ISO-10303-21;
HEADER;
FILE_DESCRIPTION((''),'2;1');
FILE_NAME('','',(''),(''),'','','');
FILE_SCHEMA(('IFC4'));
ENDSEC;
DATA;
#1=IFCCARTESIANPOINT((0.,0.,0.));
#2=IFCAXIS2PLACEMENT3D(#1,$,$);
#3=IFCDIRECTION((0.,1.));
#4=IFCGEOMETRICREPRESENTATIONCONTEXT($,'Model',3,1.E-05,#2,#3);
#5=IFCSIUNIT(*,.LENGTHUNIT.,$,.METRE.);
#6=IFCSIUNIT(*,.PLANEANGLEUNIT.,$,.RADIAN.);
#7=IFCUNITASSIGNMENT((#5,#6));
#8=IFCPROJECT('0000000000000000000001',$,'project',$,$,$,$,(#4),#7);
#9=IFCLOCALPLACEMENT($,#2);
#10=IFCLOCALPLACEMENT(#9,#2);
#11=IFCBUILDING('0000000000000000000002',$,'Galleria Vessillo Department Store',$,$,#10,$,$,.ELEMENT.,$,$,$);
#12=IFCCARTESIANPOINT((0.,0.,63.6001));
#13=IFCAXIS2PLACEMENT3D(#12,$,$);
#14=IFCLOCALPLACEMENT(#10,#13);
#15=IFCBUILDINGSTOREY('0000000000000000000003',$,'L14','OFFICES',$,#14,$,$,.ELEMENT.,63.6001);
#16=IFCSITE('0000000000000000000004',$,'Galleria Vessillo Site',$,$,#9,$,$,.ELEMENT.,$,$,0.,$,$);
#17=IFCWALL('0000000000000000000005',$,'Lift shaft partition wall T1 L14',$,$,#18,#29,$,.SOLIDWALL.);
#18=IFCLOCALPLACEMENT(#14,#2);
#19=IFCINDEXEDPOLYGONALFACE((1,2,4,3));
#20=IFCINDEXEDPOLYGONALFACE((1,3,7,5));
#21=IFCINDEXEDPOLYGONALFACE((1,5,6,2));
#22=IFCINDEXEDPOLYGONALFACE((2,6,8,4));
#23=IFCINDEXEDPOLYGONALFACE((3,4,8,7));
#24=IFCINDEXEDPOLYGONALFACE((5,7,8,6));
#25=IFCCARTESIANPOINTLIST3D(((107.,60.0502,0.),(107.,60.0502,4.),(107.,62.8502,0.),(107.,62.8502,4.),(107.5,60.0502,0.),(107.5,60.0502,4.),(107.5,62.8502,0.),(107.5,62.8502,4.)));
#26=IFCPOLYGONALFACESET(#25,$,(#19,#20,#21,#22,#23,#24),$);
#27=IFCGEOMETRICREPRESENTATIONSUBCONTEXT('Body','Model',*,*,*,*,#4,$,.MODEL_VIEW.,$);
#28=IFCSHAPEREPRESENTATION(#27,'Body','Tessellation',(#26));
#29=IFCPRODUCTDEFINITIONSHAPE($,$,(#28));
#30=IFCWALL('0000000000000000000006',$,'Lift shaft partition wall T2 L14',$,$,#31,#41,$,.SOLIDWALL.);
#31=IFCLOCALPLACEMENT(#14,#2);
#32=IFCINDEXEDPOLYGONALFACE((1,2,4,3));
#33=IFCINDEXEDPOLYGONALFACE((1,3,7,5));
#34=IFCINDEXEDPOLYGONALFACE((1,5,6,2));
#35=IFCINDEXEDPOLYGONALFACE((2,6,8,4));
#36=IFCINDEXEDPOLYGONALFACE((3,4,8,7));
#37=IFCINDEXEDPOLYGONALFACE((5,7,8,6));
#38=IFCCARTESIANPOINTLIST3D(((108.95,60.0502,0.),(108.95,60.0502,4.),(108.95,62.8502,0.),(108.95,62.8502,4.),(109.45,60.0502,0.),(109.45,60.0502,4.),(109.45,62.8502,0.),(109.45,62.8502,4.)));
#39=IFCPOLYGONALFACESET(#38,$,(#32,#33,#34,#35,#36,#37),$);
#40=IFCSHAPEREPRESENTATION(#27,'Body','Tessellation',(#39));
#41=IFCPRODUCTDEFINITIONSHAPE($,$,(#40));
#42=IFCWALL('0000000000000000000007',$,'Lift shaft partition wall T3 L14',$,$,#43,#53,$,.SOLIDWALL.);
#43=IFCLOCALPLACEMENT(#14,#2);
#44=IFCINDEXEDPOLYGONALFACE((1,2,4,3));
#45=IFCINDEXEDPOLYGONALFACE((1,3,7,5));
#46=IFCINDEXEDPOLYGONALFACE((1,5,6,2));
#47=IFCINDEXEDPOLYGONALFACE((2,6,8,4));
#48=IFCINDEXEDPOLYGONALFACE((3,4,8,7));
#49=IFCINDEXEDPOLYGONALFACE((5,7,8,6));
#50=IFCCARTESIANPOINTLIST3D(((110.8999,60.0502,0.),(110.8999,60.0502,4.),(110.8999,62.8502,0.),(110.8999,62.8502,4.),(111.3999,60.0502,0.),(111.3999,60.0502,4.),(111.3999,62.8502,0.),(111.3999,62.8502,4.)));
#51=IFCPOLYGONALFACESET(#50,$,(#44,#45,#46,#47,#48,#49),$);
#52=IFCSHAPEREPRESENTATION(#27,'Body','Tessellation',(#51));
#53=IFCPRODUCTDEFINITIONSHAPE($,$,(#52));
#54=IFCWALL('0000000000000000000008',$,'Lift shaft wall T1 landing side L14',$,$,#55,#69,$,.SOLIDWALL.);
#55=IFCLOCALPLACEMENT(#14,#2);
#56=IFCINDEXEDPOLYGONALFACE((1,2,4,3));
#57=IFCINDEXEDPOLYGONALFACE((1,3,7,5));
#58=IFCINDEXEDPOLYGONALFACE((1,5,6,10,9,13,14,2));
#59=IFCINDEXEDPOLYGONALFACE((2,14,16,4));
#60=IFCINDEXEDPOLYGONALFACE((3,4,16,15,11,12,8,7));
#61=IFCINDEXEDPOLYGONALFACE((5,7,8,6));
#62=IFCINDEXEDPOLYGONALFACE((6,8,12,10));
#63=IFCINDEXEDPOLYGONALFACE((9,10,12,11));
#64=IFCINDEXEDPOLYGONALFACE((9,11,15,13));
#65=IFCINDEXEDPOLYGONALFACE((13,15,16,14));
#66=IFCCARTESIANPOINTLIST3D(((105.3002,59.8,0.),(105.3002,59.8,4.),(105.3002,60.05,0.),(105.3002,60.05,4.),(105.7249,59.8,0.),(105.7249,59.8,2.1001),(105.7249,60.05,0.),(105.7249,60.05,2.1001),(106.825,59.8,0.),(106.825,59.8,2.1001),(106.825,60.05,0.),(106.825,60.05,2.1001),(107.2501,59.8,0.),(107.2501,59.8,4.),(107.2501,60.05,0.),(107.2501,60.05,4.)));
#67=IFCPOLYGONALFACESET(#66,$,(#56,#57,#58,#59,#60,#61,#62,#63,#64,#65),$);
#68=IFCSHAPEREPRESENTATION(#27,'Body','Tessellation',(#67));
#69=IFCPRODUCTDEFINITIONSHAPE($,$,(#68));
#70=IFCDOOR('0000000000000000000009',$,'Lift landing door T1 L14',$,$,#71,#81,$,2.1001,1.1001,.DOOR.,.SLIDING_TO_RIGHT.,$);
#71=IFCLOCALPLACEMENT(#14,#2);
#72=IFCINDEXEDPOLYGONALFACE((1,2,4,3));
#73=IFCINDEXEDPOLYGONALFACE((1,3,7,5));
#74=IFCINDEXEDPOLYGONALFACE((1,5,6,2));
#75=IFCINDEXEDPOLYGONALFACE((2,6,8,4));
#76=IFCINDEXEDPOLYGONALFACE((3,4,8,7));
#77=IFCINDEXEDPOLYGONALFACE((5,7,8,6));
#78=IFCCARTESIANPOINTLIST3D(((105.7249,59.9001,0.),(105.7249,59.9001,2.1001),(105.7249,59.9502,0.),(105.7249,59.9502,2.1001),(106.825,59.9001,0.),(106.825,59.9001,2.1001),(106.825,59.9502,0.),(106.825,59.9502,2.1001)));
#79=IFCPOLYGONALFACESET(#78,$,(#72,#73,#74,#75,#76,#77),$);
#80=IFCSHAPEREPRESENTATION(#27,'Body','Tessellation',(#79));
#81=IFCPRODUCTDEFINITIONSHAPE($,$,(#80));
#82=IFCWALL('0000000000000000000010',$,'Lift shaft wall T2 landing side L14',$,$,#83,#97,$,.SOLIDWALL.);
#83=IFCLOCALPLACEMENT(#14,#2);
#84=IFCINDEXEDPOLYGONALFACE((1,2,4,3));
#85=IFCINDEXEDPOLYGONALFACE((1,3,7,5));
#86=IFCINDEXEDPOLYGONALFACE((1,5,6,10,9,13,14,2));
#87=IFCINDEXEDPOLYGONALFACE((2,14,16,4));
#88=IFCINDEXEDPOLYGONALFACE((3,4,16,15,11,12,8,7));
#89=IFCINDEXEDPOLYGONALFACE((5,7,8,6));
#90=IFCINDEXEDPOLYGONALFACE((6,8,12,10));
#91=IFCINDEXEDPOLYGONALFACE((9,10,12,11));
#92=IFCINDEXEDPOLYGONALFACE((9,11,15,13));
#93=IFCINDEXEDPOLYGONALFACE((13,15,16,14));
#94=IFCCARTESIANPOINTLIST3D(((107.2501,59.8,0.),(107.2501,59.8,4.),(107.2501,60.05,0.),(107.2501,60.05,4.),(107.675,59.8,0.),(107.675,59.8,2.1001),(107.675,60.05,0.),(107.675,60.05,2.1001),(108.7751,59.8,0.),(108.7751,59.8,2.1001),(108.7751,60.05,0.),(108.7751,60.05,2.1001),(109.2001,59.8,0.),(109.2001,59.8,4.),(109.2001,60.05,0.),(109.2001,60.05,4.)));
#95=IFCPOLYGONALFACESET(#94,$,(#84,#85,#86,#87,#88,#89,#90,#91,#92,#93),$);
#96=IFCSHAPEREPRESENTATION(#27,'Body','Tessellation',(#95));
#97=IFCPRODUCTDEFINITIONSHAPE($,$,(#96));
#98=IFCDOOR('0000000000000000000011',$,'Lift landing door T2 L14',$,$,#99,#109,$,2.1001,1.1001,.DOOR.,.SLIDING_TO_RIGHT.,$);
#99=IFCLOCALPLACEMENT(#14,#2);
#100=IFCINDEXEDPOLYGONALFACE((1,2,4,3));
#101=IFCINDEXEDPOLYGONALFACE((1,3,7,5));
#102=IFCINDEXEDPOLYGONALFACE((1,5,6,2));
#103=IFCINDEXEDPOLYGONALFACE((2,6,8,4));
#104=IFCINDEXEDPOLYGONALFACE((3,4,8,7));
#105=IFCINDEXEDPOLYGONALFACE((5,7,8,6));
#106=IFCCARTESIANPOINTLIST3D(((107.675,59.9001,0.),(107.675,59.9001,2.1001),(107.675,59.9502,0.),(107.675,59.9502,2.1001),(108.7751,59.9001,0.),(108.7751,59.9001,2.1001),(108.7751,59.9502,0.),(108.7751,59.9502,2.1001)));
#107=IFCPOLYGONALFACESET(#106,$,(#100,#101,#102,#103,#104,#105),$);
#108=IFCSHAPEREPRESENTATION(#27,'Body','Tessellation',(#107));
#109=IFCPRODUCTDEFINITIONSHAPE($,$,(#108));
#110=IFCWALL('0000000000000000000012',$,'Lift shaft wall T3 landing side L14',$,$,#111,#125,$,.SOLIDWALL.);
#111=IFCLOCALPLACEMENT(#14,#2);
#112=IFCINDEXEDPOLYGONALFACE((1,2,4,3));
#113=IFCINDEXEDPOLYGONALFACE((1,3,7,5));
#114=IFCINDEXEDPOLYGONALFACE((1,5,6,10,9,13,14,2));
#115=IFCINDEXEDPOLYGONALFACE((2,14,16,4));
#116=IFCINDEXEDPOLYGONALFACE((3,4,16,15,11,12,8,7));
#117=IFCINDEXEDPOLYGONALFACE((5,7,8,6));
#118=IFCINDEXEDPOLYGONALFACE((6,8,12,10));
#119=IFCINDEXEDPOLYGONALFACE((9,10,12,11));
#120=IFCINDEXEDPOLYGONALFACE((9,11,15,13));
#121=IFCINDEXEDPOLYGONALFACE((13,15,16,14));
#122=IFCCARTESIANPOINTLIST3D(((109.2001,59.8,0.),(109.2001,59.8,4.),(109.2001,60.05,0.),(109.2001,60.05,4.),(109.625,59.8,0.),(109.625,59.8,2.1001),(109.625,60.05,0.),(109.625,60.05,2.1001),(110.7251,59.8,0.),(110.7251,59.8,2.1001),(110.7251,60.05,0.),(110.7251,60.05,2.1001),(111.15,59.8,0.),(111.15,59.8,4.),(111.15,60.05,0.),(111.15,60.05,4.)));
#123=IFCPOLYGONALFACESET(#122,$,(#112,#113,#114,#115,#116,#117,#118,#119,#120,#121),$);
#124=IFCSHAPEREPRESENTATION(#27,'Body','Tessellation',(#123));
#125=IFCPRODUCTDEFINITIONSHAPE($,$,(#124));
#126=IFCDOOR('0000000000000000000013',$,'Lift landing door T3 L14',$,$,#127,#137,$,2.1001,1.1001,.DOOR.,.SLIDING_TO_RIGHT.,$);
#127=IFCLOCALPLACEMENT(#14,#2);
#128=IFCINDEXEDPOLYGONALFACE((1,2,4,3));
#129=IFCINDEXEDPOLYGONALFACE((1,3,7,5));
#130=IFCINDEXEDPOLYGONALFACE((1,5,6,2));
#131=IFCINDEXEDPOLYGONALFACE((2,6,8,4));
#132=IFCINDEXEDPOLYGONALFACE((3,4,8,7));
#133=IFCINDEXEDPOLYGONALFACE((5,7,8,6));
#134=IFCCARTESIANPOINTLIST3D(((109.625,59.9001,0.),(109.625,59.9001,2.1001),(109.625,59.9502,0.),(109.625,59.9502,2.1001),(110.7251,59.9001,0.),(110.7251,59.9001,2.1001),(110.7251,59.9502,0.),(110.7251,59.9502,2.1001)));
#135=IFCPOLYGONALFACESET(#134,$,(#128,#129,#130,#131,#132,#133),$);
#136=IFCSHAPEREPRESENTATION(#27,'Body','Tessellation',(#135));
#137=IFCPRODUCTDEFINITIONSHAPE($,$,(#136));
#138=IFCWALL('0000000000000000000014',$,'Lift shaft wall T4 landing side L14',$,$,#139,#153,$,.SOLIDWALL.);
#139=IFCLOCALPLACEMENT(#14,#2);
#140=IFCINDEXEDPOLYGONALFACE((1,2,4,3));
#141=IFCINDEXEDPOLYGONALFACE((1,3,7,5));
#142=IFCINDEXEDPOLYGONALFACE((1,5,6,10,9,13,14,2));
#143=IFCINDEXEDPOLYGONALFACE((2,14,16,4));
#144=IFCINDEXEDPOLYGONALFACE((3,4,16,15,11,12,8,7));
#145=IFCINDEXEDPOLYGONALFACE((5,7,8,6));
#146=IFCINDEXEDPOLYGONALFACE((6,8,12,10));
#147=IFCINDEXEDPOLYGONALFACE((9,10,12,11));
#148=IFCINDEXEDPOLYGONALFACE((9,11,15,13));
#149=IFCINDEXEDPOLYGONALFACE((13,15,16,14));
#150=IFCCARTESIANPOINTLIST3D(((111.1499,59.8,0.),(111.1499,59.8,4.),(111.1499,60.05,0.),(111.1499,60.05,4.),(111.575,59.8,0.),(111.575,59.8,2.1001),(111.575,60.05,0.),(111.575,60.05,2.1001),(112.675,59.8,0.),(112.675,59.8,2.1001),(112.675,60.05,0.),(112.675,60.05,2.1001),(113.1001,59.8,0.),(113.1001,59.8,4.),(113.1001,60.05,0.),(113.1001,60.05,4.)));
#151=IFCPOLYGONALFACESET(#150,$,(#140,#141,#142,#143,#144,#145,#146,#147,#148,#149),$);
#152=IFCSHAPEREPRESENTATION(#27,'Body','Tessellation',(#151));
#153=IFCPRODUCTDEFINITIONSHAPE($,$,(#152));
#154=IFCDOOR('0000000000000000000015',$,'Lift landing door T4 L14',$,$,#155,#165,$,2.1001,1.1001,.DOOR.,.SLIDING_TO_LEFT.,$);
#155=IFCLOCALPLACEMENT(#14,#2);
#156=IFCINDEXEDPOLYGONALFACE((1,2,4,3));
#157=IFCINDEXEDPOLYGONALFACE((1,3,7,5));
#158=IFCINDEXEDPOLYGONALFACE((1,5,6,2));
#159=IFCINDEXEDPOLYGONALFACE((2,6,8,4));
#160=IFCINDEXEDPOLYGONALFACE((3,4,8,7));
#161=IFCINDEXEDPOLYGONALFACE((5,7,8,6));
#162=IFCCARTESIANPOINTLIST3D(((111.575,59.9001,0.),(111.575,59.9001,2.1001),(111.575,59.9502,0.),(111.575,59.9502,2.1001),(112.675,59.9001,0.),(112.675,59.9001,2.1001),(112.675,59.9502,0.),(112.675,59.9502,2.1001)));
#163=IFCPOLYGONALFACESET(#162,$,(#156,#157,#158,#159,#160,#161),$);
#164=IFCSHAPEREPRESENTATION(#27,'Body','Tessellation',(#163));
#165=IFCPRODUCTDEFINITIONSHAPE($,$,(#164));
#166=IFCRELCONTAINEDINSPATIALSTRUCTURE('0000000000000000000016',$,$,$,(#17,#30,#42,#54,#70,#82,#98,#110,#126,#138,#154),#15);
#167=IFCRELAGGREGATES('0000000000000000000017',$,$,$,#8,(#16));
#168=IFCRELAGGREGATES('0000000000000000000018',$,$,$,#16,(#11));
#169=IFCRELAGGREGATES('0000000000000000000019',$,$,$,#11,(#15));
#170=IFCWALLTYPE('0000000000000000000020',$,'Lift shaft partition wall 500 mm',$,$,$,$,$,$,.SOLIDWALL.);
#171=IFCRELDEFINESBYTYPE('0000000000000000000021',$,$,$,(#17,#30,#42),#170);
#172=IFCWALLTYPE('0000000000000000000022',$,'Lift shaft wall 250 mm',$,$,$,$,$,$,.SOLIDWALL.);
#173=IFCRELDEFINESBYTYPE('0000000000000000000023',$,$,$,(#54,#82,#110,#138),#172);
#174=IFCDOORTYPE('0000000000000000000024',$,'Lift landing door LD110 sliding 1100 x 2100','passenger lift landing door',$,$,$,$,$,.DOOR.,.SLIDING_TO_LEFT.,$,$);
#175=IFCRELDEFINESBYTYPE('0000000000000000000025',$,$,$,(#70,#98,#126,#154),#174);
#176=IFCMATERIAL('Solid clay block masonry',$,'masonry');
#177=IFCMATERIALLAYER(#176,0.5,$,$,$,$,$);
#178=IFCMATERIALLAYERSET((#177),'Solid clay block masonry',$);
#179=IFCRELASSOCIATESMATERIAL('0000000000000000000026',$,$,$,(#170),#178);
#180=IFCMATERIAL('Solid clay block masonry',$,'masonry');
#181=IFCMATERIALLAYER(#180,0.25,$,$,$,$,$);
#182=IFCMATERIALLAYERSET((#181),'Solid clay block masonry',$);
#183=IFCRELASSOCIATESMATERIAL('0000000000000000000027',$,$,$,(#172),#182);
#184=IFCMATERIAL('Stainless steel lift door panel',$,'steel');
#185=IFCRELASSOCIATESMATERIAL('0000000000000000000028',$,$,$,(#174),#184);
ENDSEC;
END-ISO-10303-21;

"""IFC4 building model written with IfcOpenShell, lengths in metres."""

from ifc_helpers import new_model, si_unit, direction, frame, frame_2d, origin, place, context, subcontext, project, spatial, rectangle, extrude, material, layer, layer_set, type_object, element, fill, save


model = new_model("IFC4")

# Units and contexts
model_context = context("Model", 3, precision=1e-05, world=origin(), true_north=direction((0.0, 1.0)))
body_context = subcontext(model_context, "Body", "Model", "MODEL_VIEW")
ifc_project = project(units=[si_unit("LENGTHUNIT", "METRE"), si_unit("PLANEANGLEUNIT", "RADIAN")], contexts=[model_context])

# Site, building, storey
site_placement = place(None, origin())
site = spatial("IfcSite", under=ifc_project, at=site_placement, Name="Galleria Vessillo Site", CompositionType="ELEMENT", RefElevation=0.0)
building_placement = place(site_placement, origin())
building = spatial("IfcBuilding", under=site, at=building_placement, Name="Galleria Vessillo Department Store", CompositionType="ELEMENT")
storey_placement = place(building_placement, frame((0.0, 0.0, 63.6001)))
storey = spatial("IfcBuildingStorey", under=building, at=storey_placement, Name="L14", Description="OFFICES", CompositionType="ELEMENT", Elevation=63.6001)

# Walls
ifc_material_1 = material(Name="Solid clay block masonry", Category="masonry")
ifc_layer_1 = layer(ifc_material_1, 0.5)
ifc_layer_set_1 = layer_set([ifc_layer_1], Name="Solid clay block masonry")
wall_type_1 = type_object("IfcWallType", Name="Lift shaft partition wall 500 mm", PredefinedType="SOLIDWALL", material=ifc_layer_set_1)
for number, where, z_axis, x_axis, name in (
    (1, (107.25, 62.8501, 0.0), (0.0, 0.0, 1.0), (0.0, -1.0, 0.0), "Lift shaft partition wall T1 L14"),
    (2, (109.2, 62.8501, 0.0), (0.0, 0.0, 1.0), (0.0, -1.0, 0.0), "Lift shaft partition wall T2 L14"),
    (3, (111.1499, 62.8501, 0.0), (0.0, 0.0, 1.0), (0.0, -1.0, 0.0), "Lift shaft partition wall T3 L14"),
):
    element("IfcWall", number, at=place(storey_placement, frame(where, z_axis=z_axis, x_axis=x_axis)), inside=storey, type_object=wall_type_1, Name=name, PredefinedType="SOLIDWALL", context=body_context, shape_type="SweptSolid", body=[
        extrude(rectangle(XDim=2.8, YDim=0.5, at=frame_2d((1.3999, 0.0))), origin(), (0.0, 0.0, 1.0), 4.0),
    ])

# Walls, openings, doors
ifc_material_2 = material(Name="Solid clay block masonry", Category="masonry")
ifc_layer_2 = layer(ifc_material_2, 0.25)
ifc_layer_set_2 = layer_set([ifc_layer_2], Name="Solid clay block masonry")
wall_type_2 = type_object("IfcWallType", Name="Lift shaft wall 250 mm", PredefinedType="SOLIDWALL", material=ifc_layer_set_2)
wall_1_placement = place(storey_placement, frame((105.3, 59.925, 0.0), z_axis=(0.0, 0.0, 1.0), x_axis=(1.0, 0.0, 0.0)))
wall_1 = element("IfcWall", 4, at=wall_1_placement, inside=storey, type_object=wall_type_2, Name="Lift shaft wall T1 landing side L14", PredefinedType="SOLIDWALL", context=body_context, shape_type="SweptSolid", body=[
    extrude(rectangle(XDim=1.95, YDim=0.25, at=frame_2d((0.9751, 0.0))), origin(), (0.0, 0.0, 1.0), 4.0),
])
opening_1_placement = place(wall_1_placement, frame((0.4248, 0.0, 0.0)))
opening_1 = element("IfcOpeningElement", 5, at=opening_1_placement, cuts=wall_1, PredefinedType="OPENING", context=body_context, shape_type="SweptSolid", body=[
    extrude(rectangle(XDim=1.1001, YDim=2.1001, at=frame_2d((0.55, 1.05))), frame((0.0, 0.135, 0.0), z_axis=(0.0, -1.0, 0.0), x_axis=(1.0, 0.0, 0.0)), (0.0, 0.0, 1.0), 0.27),
])
ifc_material_3 = material(Name="Stainless steel lift door panel", Category="steel")
door_type_1 = type_object("IfcDoorType", Name="Lift landing door LD110 sliding 1100 x 2100", Description="passenger lift landing door", OperationType="SLIDING_TO_LEFT", PredefinedType="DOOR", material=ifc_material_3)
door_1_placement = place(opening_1_placement, frame((1.1001, 0.0, 0.0), z_axis=(0.0, 0.0, 1.0), x_axis=(-1.0, 0.0, 0.0)))
door_1 = element("IfcDoor", 6, at=door_1_placement, inside=storey, type_object=door_type_1, Name="Lift landing door T1 L14", OperationType="SLIDING_TO_RIGHT", OverallHeight=2.1001, OverallWidth=1.1001, PredefinedType="DOOR", context=body_context, shape_type="SweptSolid", body=[
    extrude(rectangle(XDim=1.1001, YDim=2.1001, at=frame_2d((0.55, 1.05))), frame((0.0, 0.0249, 0.0), z_axis=(0.0, -1.0, 0.0), x_axis=(1.0, 0.0, 0.0)), (0.0, 0.0, 1.0), 0.05),
])
fill(opening_1, door_1)
wall_2_placement = place(storey_placement, frame((107.25, 59.925, 0.0), z_axis=(0.0, 0.0, 1.0), x_axis=(1.0, 0.0, 0.0)))
wall_2 = element("IfcWall", 7, at=wall_2_placement, inside=storey, type_object=wall_type_2, Name="Lift shaft wall T2 landing side L14", PredefinedType="SOLIDWALL", context=body_context, shape_type="SweptSolid", body=[
    extrude(rectangle(XDim=1.95, YDim=0.25, at=frame_2d((0.9751, 0.0))), origin(), (0.0, 0.0, 1.0), 4.0),
])
opening_2_placement = place(wall_2_placement, frame((0.425, 0.0, 0.0)))
opening_2 = element("IfcOpeningElement", 8, at=opening_2_placement, cuts=wall_2, PredefinedType="OPENING", context=body_context, shape_type="SweptSolid", body=[
    extrude(rectangle(XDim=1.1001, YDim=2.1001, at=frame_2d((0.55, 1.05))), frame((0.0, 0.135, 0.0), z_axis=(0.0, -1.0, 0.0), x_axis=(1.0, 0.0, 0.0)), (0.0, 0.0, 1.0), 0.27),
])
door_2_placement = place(opening_2_placement, frame((1.1001, 0.0, 0.0), z_axis=(0.0, 0.0, 1.0), x_axis=(-1.0, 0.0, 0.0)))
door_2 = element("IfcDoor", 9, at=door_2_placement, inside=storey, type_object=door_type_1, Name="Lift landing door T2 L14", OperationType="SLIDING_TO_RIGHT", OverallHeight=2.1001, OverallWidth=1.1001, PredefinedType="DOOR", context=body_context, shape_type="SweptSolid", body=[
    extrude(rectangle(XDim=1.1001, YDim=2.1001, at=frame_2d((0.55, 1.05))), frame((0.0, 0.0249, 0.0), z_axis=(0.0, -1.0, 0.0), x_axis=(1.0, 0.0, 0.0)), (0.0, 0.0, 1.0), 0.05),
])
fill(opening_2, door_2)
wall_3_placement = place(storey_placement, frame((109.2, 59.925, 0.0), z_axis=(0.0, 0.0, 1.0), x_axis=(1.0, 0.0, 0.0)))
wall_3 = element("IfcWall", 10, at=wall_3_placement, inside=storey, type_object=wall_type_2, Name="Lift shaft wall T3 landing side L14", PredefinedType="SOLIDWALL", context=body_context, shape_type="SweptSolid", body=[
    extrude(rectangle(XDim=1.95, YDim=0.25, at=frame_2d((0.9751, 0.0))), origin(), (0.0, 0.0, 1.0), 4.0),
])
opening_3_placement = place(wall_3_placement, frame((0.425, 0.0, 0.0)))
opening_3 = element("IfcOpeningElement", 11, at=opening_3_placement, cuts=wall_3, PredefinedType="OPENING", context=body_context, shape_type="SweptSolid", body=[
    extrude(rectangle(XDim=1.1001, YDim=2.1001, at=frame_2d((0.55, 1.05))), frame((0.0, 0.135, 0.0), z_axis=(0.0, -1.0, 0.0), x_axis=(1.0, 0.0, 0.0)), (0.0, 0.0, 1.0), 0.27),
])
door_3_placement = place(opening_3_placement, frame((1.1001, 0.0, 0.0), z_axis=(0.0, 0.0, 1.0), x_axis=(-1.0, 0.0, 0.0)))
door_3 = element("IfcDoor", 12, at=door_3_placement, inside=storey, type_object=door_type_1, Name="Lift landing door T3 L14", OperationType="SLIDING_TO_RIGHT", OverallHeight=2.1001, OverallWidth=1.1001, PredefinedType="DOOR", context=body_context, shape_type="SweptSolid", body=[
    extrude(rectangle(XDim=1.1001, YDim=2.1001, at=frame_2d((0.55, 1.05))), frame((0.0, 0.0249, 0.0), z_axis=(0.0, -1.0, 0.0), x_axis=(1.0, 0.0, 0.0)), (0.0, 0.0, 1.0), 0.05),
])
fill(opening_3, door_3)
wall_4_placement = place(storey_placement, frame((111.1499, 59.925, 0.0), z_axis=(0.0, 0.0, 1.0), x_axis=(1.0, 0.0, 0.0)))
wall_4 = element("IfcWall", 13, at=wall_4_placement, inside=storey, type_object=wall_type_2, Name="Lift shaft wall T4 landing side L14", PredefinedType="SOLIDWALL", context=body_context, shape_type="SweptSolid", body=[
    extrude(rectangle(XDim=1.9502, YDim=0.25, at=frame_2d((0.9751, 0.0))), origin(), (0.0, 0.0, 1.0), 4.0),
])
opening_4_placement = place(wall_4_placement, frame((0.425, 0.0, 0.0)))
opening_4 = element("IfcOpeningElement", 14, at=opening_4_placement, cuts=wall_4, PredefinedType="OPENING", context=body_context, shape_type="SweptSolid", body=[
    extrude(rectangle(XDim=1.1001, YDim=2.1001, at=frame_2d((0.55, 1.05))), frame((0.0, 0.135, 0.0), z_axis=(0.0, -1.0, 0.0), x_axis=(1.0, 0.0, 0.0)), (0.0, 0.0, 1.0), 0.27),
])
door_4_placement = place(opening_4_placement, frame((1.1001, 0.0, 0.0), z_axis=(0.0, 0.0, 1.0), x_axis=(-1.0, 0.0, 0.0)))
door_4 = element("IfcDoor", 15, at=door_4_placement, inside=storey, type_object=door_type_1, Name="Lift landing door T4 L14", OperationType="SLIDING_TO_LEFT", OverallHeight=2.1001, OverallWidth=1.1001, PredefinedType="DOOR", context=body_context, shape_type="SweptSolid", body=[
    extrude(rectangle(XDim=1.1001, YDim=2.1001, at=frame_2d((0.55, 1.05))), frame((0.0, 0.0249, 0.0), z_axis=(0.0, -1.0, 0.0), x_axis=(1.0, 0.0, 0.0)), (0.0, 0.0, 1.0), 0.05),
])
fill(opening_4, door_4)

save(model, "model.ifc")
